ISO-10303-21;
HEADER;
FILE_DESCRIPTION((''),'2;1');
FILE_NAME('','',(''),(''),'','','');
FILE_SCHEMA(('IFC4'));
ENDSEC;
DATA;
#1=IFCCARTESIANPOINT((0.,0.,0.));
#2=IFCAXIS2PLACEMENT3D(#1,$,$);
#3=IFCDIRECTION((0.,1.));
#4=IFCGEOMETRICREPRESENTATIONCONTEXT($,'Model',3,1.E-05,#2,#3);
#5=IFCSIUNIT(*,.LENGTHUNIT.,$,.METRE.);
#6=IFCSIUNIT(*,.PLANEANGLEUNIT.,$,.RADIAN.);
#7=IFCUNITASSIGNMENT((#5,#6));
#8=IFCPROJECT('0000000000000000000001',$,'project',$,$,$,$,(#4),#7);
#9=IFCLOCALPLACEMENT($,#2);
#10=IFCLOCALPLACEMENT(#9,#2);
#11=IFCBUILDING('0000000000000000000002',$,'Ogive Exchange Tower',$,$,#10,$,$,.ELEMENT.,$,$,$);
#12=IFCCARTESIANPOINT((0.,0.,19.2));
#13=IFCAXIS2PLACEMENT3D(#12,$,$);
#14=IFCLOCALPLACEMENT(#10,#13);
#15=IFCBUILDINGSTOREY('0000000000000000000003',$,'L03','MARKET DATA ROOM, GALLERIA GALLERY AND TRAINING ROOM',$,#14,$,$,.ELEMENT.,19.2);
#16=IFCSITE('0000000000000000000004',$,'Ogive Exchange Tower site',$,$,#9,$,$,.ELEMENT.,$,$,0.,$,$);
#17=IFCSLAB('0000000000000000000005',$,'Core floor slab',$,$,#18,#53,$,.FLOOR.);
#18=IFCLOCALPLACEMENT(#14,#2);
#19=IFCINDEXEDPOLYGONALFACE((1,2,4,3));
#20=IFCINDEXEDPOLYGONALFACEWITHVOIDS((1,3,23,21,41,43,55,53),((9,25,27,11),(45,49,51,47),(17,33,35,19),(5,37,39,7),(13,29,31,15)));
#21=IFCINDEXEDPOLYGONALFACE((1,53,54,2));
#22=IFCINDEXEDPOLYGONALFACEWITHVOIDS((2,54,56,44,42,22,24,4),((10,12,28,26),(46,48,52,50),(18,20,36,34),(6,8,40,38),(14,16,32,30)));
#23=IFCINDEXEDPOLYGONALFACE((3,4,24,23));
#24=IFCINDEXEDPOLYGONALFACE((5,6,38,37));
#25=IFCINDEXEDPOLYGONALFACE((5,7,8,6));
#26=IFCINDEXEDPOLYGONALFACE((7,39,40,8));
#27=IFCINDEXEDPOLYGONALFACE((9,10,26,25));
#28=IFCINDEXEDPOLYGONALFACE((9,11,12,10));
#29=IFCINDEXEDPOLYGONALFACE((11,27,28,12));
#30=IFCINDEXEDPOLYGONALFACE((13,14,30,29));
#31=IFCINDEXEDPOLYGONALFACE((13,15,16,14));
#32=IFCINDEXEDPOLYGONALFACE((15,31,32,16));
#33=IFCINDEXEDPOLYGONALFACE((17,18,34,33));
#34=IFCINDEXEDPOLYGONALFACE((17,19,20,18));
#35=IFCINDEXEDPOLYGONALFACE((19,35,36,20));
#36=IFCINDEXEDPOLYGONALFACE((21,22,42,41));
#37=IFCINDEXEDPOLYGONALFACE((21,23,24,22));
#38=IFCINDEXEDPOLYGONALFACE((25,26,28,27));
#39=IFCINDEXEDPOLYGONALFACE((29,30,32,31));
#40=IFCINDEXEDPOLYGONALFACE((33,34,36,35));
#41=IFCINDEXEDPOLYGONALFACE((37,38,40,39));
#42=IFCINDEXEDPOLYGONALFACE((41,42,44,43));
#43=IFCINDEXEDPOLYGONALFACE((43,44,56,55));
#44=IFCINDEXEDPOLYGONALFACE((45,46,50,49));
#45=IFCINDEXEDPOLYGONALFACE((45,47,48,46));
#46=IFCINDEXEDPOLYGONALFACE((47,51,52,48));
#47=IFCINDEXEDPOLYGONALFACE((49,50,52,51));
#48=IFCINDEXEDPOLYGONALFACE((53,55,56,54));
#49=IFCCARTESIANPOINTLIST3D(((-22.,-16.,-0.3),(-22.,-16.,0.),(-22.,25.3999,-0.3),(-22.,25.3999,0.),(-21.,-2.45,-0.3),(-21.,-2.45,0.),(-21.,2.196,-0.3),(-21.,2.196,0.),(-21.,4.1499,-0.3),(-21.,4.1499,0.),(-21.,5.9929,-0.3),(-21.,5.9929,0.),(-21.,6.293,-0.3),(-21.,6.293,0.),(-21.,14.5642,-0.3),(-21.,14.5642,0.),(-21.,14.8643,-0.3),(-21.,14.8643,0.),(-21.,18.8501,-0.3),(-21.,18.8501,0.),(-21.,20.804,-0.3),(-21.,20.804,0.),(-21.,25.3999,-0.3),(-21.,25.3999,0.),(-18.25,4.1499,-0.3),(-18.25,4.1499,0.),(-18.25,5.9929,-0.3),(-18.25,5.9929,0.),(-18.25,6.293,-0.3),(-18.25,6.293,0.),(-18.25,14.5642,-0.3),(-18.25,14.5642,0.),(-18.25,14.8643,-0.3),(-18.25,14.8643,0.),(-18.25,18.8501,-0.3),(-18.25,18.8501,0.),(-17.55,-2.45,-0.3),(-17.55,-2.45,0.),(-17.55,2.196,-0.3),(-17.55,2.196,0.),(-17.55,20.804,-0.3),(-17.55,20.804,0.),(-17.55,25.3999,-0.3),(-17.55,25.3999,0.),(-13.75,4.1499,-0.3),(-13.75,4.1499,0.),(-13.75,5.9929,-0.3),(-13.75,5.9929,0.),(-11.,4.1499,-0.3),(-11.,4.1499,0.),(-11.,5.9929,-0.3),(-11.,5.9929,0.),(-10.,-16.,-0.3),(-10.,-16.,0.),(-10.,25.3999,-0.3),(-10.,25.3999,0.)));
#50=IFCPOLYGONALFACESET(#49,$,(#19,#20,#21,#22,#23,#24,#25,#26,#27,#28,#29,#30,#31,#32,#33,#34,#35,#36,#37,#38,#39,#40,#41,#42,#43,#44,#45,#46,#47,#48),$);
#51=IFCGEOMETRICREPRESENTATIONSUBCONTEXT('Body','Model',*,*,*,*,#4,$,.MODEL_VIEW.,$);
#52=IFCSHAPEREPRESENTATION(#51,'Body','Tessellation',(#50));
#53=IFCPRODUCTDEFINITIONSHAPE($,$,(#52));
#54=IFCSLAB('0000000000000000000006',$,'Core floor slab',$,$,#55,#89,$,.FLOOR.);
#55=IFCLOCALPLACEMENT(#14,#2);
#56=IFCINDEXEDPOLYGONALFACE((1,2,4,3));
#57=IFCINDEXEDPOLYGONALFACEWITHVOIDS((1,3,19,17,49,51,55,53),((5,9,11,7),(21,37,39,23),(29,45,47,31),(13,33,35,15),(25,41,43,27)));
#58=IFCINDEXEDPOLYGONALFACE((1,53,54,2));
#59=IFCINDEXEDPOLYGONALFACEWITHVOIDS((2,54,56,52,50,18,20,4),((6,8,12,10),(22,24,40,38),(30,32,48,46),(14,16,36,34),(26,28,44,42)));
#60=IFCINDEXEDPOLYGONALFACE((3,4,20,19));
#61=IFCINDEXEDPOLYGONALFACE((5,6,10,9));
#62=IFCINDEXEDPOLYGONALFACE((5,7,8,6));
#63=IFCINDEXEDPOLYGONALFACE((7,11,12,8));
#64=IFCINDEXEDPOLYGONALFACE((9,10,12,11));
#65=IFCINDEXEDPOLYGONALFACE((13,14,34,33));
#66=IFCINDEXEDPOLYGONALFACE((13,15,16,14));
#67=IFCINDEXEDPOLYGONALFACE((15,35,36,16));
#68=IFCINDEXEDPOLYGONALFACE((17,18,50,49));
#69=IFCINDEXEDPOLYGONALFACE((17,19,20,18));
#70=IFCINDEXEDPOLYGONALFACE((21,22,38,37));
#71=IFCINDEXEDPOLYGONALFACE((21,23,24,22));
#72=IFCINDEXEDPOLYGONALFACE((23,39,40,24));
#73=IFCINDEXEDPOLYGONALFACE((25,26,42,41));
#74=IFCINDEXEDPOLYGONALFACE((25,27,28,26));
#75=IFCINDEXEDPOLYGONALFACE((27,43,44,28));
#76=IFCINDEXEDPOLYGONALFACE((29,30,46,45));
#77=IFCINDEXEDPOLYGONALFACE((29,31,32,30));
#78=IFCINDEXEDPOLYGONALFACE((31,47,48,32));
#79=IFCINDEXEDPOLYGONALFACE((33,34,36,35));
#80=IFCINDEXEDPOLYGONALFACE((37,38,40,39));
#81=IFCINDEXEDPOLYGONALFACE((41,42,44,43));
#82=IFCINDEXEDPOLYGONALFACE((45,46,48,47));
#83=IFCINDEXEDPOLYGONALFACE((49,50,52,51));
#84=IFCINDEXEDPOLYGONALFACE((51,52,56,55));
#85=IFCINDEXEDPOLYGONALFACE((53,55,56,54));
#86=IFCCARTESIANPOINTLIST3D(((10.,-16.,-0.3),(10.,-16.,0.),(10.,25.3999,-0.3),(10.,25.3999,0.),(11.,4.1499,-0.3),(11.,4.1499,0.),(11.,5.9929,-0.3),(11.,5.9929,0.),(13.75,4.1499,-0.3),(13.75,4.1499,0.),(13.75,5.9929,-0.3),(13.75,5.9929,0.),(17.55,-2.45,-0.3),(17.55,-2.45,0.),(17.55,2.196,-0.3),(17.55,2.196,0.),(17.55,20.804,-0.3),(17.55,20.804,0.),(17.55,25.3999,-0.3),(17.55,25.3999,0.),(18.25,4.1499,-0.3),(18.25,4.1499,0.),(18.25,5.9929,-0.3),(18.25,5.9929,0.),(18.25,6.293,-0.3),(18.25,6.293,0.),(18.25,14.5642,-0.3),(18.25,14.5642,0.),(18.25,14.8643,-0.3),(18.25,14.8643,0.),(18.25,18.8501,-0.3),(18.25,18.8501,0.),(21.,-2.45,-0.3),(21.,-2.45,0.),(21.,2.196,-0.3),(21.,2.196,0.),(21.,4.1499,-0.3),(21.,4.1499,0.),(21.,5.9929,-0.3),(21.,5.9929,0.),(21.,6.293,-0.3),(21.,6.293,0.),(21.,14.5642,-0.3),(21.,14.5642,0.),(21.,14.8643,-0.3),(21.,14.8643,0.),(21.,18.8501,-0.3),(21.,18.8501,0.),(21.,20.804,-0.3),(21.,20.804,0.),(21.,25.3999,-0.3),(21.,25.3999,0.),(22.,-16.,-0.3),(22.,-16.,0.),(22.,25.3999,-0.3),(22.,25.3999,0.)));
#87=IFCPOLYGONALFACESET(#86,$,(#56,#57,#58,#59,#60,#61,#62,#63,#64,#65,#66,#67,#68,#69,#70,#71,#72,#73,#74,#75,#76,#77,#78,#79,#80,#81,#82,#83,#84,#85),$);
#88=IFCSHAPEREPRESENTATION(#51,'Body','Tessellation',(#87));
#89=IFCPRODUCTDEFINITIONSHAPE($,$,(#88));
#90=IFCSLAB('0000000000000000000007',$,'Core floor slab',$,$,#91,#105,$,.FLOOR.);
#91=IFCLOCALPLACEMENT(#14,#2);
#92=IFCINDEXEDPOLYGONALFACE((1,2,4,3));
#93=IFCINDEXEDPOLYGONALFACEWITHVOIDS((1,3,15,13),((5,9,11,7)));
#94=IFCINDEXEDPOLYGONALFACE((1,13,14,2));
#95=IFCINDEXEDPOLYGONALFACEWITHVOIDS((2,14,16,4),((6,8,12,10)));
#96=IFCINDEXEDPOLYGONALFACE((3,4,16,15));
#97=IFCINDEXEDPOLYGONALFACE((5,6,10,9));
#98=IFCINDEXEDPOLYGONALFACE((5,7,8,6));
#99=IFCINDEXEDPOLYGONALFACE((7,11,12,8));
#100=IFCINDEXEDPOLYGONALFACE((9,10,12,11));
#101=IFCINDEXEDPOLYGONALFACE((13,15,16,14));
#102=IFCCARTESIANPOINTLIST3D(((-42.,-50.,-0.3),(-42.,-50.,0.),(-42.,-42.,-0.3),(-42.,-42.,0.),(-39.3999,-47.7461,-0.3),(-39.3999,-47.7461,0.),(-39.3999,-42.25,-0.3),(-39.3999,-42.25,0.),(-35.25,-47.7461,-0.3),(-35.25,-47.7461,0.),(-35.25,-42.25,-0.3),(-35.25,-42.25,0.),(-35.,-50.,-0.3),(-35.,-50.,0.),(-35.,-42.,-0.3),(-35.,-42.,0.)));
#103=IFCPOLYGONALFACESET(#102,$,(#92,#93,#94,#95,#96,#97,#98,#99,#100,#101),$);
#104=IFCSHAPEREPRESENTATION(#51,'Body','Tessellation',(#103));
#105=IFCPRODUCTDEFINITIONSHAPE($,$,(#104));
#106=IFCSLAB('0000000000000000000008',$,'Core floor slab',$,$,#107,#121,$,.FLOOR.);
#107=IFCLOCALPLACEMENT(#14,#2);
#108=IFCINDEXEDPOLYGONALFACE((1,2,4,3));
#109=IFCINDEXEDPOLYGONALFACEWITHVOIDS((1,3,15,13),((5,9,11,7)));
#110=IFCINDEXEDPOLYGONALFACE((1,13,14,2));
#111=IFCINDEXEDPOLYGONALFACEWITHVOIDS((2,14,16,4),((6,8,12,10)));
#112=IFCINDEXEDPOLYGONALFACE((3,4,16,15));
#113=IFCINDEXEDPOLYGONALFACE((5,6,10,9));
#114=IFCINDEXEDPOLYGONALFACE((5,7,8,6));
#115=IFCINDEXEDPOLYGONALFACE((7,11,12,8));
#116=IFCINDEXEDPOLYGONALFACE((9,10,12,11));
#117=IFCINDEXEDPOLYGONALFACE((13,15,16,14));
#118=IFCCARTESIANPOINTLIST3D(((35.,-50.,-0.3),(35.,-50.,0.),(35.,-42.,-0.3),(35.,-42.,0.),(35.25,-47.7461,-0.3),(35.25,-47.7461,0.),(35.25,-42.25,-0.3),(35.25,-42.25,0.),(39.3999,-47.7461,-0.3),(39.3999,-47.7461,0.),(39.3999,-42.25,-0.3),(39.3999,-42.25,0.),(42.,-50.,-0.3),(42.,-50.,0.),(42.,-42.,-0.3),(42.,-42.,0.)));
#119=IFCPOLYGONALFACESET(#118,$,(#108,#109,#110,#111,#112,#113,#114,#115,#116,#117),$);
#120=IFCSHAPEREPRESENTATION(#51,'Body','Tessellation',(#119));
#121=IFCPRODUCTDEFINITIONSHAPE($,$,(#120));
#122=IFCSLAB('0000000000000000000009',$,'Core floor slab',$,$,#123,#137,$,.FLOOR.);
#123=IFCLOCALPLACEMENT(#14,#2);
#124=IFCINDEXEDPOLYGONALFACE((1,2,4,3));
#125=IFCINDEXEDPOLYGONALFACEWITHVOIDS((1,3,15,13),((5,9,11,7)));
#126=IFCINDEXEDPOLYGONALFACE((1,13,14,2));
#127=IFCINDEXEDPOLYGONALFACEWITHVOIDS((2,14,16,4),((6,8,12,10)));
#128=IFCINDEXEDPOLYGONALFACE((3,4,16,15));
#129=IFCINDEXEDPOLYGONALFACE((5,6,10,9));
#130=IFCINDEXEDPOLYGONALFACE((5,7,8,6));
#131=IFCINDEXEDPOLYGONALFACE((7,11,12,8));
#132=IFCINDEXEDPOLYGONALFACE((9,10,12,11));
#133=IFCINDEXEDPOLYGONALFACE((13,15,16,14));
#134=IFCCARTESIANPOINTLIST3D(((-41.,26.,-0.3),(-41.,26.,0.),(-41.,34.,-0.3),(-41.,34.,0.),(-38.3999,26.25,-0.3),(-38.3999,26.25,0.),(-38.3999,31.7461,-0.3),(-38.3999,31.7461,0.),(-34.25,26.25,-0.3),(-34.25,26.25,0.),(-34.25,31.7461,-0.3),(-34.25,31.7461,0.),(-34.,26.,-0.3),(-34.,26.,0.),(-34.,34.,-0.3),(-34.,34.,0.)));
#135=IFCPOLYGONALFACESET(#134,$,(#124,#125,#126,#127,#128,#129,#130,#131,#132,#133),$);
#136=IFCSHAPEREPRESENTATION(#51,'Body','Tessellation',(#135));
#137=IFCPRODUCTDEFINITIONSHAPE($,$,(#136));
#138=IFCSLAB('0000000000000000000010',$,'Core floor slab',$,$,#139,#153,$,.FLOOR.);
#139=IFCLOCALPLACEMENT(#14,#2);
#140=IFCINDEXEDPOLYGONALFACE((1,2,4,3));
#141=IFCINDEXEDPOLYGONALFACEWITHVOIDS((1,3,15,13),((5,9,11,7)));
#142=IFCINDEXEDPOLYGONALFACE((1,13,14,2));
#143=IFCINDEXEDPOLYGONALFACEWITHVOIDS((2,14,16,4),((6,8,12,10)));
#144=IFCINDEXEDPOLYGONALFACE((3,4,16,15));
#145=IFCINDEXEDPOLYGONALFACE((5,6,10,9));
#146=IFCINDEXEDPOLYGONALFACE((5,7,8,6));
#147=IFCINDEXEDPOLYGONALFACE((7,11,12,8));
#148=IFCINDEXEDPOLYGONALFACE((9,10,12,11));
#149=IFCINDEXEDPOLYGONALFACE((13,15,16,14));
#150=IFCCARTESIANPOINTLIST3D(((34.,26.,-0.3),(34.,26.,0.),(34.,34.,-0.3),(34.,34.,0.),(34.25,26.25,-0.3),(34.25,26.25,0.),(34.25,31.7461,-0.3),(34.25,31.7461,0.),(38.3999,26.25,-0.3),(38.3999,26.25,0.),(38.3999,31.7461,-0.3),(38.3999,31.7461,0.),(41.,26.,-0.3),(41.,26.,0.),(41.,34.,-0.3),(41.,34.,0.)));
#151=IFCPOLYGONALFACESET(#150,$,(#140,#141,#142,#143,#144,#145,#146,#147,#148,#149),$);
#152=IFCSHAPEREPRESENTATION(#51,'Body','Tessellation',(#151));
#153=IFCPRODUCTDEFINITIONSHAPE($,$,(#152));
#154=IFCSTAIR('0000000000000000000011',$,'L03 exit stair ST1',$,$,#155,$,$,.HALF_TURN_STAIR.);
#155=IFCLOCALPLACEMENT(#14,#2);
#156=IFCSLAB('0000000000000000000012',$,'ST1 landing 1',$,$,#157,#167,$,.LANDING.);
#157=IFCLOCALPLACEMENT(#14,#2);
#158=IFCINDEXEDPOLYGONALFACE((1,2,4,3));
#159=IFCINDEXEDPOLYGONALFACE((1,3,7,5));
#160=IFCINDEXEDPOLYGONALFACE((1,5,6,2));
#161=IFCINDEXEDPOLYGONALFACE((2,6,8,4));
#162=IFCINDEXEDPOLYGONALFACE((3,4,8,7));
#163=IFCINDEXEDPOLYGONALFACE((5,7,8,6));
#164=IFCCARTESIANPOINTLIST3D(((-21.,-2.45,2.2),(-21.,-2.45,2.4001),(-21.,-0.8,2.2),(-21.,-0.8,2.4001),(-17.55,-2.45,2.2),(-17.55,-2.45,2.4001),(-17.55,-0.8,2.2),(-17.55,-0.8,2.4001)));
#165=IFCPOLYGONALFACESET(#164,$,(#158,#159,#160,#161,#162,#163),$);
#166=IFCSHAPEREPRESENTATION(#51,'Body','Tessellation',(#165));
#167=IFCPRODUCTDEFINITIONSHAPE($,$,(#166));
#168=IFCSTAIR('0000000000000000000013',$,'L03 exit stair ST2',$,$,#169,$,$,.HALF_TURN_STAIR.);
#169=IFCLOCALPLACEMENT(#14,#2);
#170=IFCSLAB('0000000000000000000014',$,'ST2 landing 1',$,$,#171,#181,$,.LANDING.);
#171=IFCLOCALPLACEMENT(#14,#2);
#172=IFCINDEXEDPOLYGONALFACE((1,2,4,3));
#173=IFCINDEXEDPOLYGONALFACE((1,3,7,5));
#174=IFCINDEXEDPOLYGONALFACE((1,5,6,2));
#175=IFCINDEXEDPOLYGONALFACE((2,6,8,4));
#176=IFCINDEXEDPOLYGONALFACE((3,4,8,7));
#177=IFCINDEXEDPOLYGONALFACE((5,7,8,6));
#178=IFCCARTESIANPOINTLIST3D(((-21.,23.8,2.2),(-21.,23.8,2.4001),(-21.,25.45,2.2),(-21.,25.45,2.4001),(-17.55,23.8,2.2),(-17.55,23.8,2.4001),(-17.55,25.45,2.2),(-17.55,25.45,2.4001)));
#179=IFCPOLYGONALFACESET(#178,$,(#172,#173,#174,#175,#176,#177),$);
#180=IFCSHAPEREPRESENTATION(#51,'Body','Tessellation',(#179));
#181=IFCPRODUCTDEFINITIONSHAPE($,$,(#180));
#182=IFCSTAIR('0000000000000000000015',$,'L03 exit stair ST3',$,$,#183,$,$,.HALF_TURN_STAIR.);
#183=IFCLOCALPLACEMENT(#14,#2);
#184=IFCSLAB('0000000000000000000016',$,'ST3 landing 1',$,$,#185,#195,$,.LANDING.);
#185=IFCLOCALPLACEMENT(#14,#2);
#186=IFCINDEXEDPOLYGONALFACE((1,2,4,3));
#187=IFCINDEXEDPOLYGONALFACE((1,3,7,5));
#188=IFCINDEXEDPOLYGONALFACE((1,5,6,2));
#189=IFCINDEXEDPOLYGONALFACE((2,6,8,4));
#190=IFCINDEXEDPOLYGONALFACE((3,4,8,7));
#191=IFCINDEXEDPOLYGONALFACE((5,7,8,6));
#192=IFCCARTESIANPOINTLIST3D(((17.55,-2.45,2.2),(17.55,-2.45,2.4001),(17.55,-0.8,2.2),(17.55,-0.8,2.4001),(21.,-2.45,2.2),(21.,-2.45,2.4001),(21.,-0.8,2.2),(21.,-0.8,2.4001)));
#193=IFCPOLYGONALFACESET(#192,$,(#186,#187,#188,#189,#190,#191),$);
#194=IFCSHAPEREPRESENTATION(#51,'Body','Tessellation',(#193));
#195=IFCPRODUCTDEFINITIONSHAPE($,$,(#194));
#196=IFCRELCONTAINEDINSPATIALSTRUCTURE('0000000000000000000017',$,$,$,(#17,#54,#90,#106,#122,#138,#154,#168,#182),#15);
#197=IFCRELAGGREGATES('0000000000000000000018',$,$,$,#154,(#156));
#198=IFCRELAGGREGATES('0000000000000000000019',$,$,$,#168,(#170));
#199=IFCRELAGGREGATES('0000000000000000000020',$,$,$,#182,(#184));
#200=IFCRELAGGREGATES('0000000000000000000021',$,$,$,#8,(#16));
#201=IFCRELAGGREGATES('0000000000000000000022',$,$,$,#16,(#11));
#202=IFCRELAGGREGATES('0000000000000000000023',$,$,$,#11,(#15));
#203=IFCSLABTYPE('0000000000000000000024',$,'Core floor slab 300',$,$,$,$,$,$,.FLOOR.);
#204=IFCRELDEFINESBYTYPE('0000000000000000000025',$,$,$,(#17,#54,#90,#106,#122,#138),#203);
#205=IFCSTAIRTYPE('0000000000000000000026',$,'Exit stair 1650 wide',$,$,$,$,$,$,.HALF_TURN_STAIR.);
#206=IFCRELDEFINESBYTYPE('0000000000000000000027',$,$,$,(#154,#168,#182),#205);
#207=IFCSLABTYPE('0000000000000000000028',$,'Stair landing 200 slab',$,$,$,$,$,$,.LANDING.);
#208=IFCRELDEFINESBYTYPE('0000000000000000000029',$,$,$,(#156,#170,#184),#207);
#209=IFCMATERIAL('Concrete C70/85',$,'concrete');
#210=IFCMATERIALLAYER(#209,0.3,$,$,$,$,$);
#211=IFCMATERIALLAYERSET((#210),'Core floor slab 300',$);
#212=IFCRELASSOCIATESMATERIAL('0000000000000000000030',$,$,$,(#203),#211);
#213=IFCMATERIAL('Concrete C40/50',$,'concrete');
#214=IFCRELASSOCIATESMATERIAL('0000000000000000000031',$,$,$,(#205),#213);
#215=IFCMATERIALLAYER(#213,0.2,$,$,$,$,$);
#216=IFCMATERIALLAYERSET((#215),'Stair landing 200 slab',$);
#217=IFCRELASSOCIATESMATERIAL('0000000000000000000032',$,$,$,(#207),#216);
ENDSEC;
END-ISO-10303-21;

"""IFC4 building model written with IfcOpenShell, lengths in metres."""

from ifc_helpers import new_model, si_unit, direction, frame, origin, place, context, subcontext, project, spatial, polyline, outline, extrude, material, layer, layer_set, type_object, element, aggregate, save


model = new_model("IFC4")

# Units and contexts
model_context = context("Model", 3, precision=1e-05, world=origin(), true_north=direction((0.0, 1.0)))
body_context = subcontext(model_context, "Body", "Model", "MODEL_VIEW")
ifc_project = project(units=[si_unit("LENGTHUNIT", "METRE"), si_unit("PLANEANGLEUNIT", "RADIAN")], contexts=[model_context])

# Site, building, storey
site_placement = place(None, origin())
site = spatial("IfcSite", under=ifc_project, at=site_placement, Name="Ogive Exchange Tower site", CompositionType="ELEMENT", RefElevation=0.0)
building_placement = place(site_placement, origin())
building = spatial("IfcBuilding", under=site, at=building_placement, Name="Ogive Exchange Tower", CompositionType="ELEMENT")
storey_placement = place(building_placement, frame((0.0, 0.0, 19.2)))
storey = spatial("IfcBuildingStorey", under=building, at=storey_placement, Name="L03", Description="MARKET DATA ROOM, GALLERIA GALLERY AND TRAINING ROOM", CompositionType="ELEMENT", Elevation=19.2)

# Slabs
ifc_material_1 = material(Name="Concrete C70/85", Category="concrete")
ifc_layer_1 = layer(ifc_material_1, 0.3)
ifc_layer_set_1 = layer_set([ifc_layer_1], Name="Core floor slab 300")
slab_type_1 = type_object("IfcSlabType", Name="Core floor slab 300", PredefinedType="FLOOR", material=ifc_layer_set_1)
slab_1_placement = place(storey_placement, frame((0.0, 0.0, -0.3)))
element("IfcSlab", 1, at=slab_1_placement, inside=storey, type_object=slab_type_1, Name="Core floor slab", PredefinedType="FLOOR", context=body_context, shape_type="SweptSolid", body=[
    extrude(outline(polyline([(-10.0, 25.3999), (-10.0, -16.0), (-22.0, -16.0), (-22.0, 25.3999), (-21.0, 25.3999), (-21.0, 20.804), (-17.55, 20.804), (-17.55, 25.3999), (-10.0, 25.3999)]), holes=[polyline([(-17.55, 2.196), (-21.0, 2.196), (-21.0, -2.45), (-17.55, -2.45), (-17.55, 2.196)]), polyline([(-18.25, 5.9929), (-21.0, 5.9929), (-21.0, 4.1499), (-18.25, 4.1499), (-18.25, 5.9929)]), polyline([(-11.0, 5.9929), (-13.75, 5.9929), (-13.75, 4.1499), (-11.0, 4.1499), (-11.0, 5.9929)]), polyline([(-21.0, 14.5642), (-21.0, 6.293), (-18.25, 6.293), (-18.25, 14.5642), (-21.0, 14.5642)]), polyline([(-18.25, 18.8501), (-21.0, 18.8501), (-21.0, 14.8643), (-18.25, 14.8643), (-18.25, 18.8501)])]), origin(), (0.0, 0.0, 1.0), 0.3),
])
slab_2_placement = place(storey_placement, frame((0.0, 0.0, -0.3)))
element("IfcSlab", 2, at=slab_2_placement, inside=storey, type_object=slab_type_1, Name="Core floor slab", PredefinedType="FLOOR", context=body_context, shape_type="SweptSolid", body=[
    extrude(outline(polyline([(22.0, 25.3999), (22.0, -16.0), (10.0, -16.0), (10.0, 25.3999), (17.55, 25.3999), (17.55, 20.804), (21.0, 20.804), (21.0, 25.3999), (22.0, 25.3999)]), holes=[polyline([(21.0, 2.196), (17.55, 2.196), (17.55, -2.45), (21.0, -2.45), (21.0, 2.196)]), polyline([(13.75, 5.9929), (11.0, 5.9929), (11.0, 4.1499), (13.75, 4.1499), (13.75, 5.9929)]), polyline([(21.0, 5.9929), (18.25, 5.9929), (18.25, 4.1499), (21.0, 4.1499), (21.0, 5.9929)]), polyline([(18.25, 14.5642), (18.25, 6.293), (21.0, 6.293), (21.0, 14.5642), (18.25, 14.5642)]), polyline([(21.0, 18.8501), (18.25, 18.8501), (18.25, 14.8643), (21.0, 14.8643), (21.0, 18.8501)])]), origin(), (0.0, 0.0, 1.0), 0.3),
])
slab_3_placement = place(storey_placement, frame((0.0, 0.0, -0.3)))
element("IfcSlab", 3, at=slab_3_placement, inside=storey, type_object=slab_type_1, Name="Core floor slab", PredefinedType="FLOOR", context=body_context, shape_type="SweptSolid", body=[
    extrude(outline(polyline([(-42.0, -50.0), (-42.0, -42.0), (-35.0, -42.0), (-35.0, -50.0), (-42.0, -50.0)]), holes=[polyline([(-35.25, -42.25), (-39.3999, -42.25), (-39.3999, -47.7461), (-35.25, -47.7461), (-35.25, -42.25)])]), origin(), (0.0, 0.0, 1.0), 0.3),
])
slab_4_placement = place(storey_placement, frame((0.0, 0.0, -0.3)))
element("IfcSlab", 4, at=slab_4_placement, inside=storey, type_object=slab_type_1, Name="Core floor slab", PredefinedType="FLOOR", context=body_context, shape_type="SweptSolid", body=[
    extrude(outline(polyline([(35.0, -50.0), (35.0, -42.0), (42.0, -42.0), (42.0, -50.0), (35.0, -50.0)]), holes=[polyline([(39.3999, -42.25), (35.25, -42.25), (35.25, -47.7461), (39.3999, -47.7461), (39.3999, -42.25)])]), origin(), (0.0, 0.0, 1.0), 0.3),
])
slab_5_placement = place(storey_placement, frame((0.0, 0.0, -0.3)))
element("IfcSlab", 5, at=slab_5_placement, inside=storey, type_object=slab_type_1, Name="Core floor slab", PredefinedType="FLOOR", context=body_context, shape_type="SweptSolid", body=[
    extrude(outline(polyline([(-41.0, 26.0), (-41.0, 34.0), (-34.0, 34.0), (-34.0, 26.0), (-41.0, 26.0)]), holes=[polyline([(-38.3999, 26.25), (-34.25, 26.25), (-34.25, 31.7461), (-38.3999, 31.7461), (-38.3999, 26.25)])]), origin(), (0.0, 0.0, 1.0), 0.3),
])
slab_6_placement = place(storey_placement, frame((0.0, 0.0, -0.3)))
element("IfcSlab", 6, at=slab_6_placement, inside=storey, type_object=slab_type_1, Name="Core floor slab", PredefinedType="FLOOR", context=body_context, shape_type="SweptSolid", body=[
    extrude(outline(polyline([(34.0, 26.0), (34.0, 34.0), (41.0, 34.0), (41.0, 26.0), (34.0, 26.0)]), holes=[polyline([(34.25, 26.25), (38.3999, 26.25), (38.3999, 31.7461), (34.25, 31.7461), (34.25, 26.25)])]), origin(), (0.0, 0.0, 1.0), 0.3),
])

# Stairs, slabs
ifc_material_2 = material(Name="Concrete C40/50", Category="concrete")
stair_type = type_object("IfcStairType", Name="Exit stair 1650 wide", PredefinedType="HALF_TURN_STAIR", material=ifc_material_2)
stair_1_placement = place(storey_placement, origin())
stair_1 = element("IfcStair", 7, at=stair_1_placement, inside=storey, type_object=stair_type, Name="L03 exit stair ST1", PredefinedType="HALF_TURN_STAIR")
ifc_layer_2 = layer(ifc_material_2, 0.2)
ifc_layer_set_2 = layer_set([ifc_layer_2], Name="Stair landing 200 slab")
slab_type_2 = type_object("IfcSlabType", Name="Stair landing 200 slab", PredefinedType="LANDING", material=ifc_layer_set_2)
slab_7_placement = place(storey_placement, frame((0.0, 0.0, 2.2)))
slab_7 = element("IfcSlab", 8, at=slab_7_placement, type_object=slab_type_2, Name="ST1 landing 1", PredefinedType="LANDING", context=body_context, shape_type="SweptSolid", body=[
    extrude(outline(polyline([(-21.0, -0.8), (-21.0, -2.45), (-17.55, -2.45), (-17.55, -0.8), (-21.0, -0.8)])), origin(), (0.0, 0.0, 1.0), 0.2002),
])
aggregate(stair_1, [slab_7])
stair_2_placement = place(storey_placement, origin())
stair_2 = element("IfcStair", 9, at=stair_2_placement, inside=storey, type_object=stair_type, Name="L03 exit stair ST2", PredefinedType="HALF_TURN_STAIR")
slab_8_placement = place(storey_placement, frame((0.0, 0.0, 2.2)))
slab_8 = element("IfcSlab", 10, at=slab_8_placement, type_object=slab_type_2, Name="ST2 landing 1", PredefinedType="LANDING", context=body_context, shape_type="SweptSolid", body=[
    extrude(outline(polyline([(-17.55, 23.8), (-17.55, 25.45), (-21.0, 25.45), (-21.0, 23.8), (-17.55, 23.8)])), origin(), (0.0, 0.0, 1.0), 0.2002),
])
aggregate(stair_2, [slab_8])
stair_3_placement = place(storey_placement, origin())
stair_3 = element("IfcStair", 11, at=stair_3_placement, inside=storey, type_object=stair_type, Name="L03 exit stair ST3", PredefinedType="HALF_TURN_STAIR")
slab_9_placement = place(storey_placement, frame((0.0, 0.0, 2.2)))
slab_9 = element("IfcSlab", 12, at=slab_9_placement, type_object=slab_type_2, Name="ST3 landing 1", PredefinedType="LANDING", context=body_context, shape_type="SweptSolid", body=[
    extrude(outline(polyline([(17.55, -0.8), (17.55, -2.45), (21.0, -2.45), (21.0, -0.8), (17.55, -0.8)])), origin(), (0.0, 0.0, 1.0), 0.2002),
])
aggregate(stair_3, [slab_9])

save(model, "model.ifc")
